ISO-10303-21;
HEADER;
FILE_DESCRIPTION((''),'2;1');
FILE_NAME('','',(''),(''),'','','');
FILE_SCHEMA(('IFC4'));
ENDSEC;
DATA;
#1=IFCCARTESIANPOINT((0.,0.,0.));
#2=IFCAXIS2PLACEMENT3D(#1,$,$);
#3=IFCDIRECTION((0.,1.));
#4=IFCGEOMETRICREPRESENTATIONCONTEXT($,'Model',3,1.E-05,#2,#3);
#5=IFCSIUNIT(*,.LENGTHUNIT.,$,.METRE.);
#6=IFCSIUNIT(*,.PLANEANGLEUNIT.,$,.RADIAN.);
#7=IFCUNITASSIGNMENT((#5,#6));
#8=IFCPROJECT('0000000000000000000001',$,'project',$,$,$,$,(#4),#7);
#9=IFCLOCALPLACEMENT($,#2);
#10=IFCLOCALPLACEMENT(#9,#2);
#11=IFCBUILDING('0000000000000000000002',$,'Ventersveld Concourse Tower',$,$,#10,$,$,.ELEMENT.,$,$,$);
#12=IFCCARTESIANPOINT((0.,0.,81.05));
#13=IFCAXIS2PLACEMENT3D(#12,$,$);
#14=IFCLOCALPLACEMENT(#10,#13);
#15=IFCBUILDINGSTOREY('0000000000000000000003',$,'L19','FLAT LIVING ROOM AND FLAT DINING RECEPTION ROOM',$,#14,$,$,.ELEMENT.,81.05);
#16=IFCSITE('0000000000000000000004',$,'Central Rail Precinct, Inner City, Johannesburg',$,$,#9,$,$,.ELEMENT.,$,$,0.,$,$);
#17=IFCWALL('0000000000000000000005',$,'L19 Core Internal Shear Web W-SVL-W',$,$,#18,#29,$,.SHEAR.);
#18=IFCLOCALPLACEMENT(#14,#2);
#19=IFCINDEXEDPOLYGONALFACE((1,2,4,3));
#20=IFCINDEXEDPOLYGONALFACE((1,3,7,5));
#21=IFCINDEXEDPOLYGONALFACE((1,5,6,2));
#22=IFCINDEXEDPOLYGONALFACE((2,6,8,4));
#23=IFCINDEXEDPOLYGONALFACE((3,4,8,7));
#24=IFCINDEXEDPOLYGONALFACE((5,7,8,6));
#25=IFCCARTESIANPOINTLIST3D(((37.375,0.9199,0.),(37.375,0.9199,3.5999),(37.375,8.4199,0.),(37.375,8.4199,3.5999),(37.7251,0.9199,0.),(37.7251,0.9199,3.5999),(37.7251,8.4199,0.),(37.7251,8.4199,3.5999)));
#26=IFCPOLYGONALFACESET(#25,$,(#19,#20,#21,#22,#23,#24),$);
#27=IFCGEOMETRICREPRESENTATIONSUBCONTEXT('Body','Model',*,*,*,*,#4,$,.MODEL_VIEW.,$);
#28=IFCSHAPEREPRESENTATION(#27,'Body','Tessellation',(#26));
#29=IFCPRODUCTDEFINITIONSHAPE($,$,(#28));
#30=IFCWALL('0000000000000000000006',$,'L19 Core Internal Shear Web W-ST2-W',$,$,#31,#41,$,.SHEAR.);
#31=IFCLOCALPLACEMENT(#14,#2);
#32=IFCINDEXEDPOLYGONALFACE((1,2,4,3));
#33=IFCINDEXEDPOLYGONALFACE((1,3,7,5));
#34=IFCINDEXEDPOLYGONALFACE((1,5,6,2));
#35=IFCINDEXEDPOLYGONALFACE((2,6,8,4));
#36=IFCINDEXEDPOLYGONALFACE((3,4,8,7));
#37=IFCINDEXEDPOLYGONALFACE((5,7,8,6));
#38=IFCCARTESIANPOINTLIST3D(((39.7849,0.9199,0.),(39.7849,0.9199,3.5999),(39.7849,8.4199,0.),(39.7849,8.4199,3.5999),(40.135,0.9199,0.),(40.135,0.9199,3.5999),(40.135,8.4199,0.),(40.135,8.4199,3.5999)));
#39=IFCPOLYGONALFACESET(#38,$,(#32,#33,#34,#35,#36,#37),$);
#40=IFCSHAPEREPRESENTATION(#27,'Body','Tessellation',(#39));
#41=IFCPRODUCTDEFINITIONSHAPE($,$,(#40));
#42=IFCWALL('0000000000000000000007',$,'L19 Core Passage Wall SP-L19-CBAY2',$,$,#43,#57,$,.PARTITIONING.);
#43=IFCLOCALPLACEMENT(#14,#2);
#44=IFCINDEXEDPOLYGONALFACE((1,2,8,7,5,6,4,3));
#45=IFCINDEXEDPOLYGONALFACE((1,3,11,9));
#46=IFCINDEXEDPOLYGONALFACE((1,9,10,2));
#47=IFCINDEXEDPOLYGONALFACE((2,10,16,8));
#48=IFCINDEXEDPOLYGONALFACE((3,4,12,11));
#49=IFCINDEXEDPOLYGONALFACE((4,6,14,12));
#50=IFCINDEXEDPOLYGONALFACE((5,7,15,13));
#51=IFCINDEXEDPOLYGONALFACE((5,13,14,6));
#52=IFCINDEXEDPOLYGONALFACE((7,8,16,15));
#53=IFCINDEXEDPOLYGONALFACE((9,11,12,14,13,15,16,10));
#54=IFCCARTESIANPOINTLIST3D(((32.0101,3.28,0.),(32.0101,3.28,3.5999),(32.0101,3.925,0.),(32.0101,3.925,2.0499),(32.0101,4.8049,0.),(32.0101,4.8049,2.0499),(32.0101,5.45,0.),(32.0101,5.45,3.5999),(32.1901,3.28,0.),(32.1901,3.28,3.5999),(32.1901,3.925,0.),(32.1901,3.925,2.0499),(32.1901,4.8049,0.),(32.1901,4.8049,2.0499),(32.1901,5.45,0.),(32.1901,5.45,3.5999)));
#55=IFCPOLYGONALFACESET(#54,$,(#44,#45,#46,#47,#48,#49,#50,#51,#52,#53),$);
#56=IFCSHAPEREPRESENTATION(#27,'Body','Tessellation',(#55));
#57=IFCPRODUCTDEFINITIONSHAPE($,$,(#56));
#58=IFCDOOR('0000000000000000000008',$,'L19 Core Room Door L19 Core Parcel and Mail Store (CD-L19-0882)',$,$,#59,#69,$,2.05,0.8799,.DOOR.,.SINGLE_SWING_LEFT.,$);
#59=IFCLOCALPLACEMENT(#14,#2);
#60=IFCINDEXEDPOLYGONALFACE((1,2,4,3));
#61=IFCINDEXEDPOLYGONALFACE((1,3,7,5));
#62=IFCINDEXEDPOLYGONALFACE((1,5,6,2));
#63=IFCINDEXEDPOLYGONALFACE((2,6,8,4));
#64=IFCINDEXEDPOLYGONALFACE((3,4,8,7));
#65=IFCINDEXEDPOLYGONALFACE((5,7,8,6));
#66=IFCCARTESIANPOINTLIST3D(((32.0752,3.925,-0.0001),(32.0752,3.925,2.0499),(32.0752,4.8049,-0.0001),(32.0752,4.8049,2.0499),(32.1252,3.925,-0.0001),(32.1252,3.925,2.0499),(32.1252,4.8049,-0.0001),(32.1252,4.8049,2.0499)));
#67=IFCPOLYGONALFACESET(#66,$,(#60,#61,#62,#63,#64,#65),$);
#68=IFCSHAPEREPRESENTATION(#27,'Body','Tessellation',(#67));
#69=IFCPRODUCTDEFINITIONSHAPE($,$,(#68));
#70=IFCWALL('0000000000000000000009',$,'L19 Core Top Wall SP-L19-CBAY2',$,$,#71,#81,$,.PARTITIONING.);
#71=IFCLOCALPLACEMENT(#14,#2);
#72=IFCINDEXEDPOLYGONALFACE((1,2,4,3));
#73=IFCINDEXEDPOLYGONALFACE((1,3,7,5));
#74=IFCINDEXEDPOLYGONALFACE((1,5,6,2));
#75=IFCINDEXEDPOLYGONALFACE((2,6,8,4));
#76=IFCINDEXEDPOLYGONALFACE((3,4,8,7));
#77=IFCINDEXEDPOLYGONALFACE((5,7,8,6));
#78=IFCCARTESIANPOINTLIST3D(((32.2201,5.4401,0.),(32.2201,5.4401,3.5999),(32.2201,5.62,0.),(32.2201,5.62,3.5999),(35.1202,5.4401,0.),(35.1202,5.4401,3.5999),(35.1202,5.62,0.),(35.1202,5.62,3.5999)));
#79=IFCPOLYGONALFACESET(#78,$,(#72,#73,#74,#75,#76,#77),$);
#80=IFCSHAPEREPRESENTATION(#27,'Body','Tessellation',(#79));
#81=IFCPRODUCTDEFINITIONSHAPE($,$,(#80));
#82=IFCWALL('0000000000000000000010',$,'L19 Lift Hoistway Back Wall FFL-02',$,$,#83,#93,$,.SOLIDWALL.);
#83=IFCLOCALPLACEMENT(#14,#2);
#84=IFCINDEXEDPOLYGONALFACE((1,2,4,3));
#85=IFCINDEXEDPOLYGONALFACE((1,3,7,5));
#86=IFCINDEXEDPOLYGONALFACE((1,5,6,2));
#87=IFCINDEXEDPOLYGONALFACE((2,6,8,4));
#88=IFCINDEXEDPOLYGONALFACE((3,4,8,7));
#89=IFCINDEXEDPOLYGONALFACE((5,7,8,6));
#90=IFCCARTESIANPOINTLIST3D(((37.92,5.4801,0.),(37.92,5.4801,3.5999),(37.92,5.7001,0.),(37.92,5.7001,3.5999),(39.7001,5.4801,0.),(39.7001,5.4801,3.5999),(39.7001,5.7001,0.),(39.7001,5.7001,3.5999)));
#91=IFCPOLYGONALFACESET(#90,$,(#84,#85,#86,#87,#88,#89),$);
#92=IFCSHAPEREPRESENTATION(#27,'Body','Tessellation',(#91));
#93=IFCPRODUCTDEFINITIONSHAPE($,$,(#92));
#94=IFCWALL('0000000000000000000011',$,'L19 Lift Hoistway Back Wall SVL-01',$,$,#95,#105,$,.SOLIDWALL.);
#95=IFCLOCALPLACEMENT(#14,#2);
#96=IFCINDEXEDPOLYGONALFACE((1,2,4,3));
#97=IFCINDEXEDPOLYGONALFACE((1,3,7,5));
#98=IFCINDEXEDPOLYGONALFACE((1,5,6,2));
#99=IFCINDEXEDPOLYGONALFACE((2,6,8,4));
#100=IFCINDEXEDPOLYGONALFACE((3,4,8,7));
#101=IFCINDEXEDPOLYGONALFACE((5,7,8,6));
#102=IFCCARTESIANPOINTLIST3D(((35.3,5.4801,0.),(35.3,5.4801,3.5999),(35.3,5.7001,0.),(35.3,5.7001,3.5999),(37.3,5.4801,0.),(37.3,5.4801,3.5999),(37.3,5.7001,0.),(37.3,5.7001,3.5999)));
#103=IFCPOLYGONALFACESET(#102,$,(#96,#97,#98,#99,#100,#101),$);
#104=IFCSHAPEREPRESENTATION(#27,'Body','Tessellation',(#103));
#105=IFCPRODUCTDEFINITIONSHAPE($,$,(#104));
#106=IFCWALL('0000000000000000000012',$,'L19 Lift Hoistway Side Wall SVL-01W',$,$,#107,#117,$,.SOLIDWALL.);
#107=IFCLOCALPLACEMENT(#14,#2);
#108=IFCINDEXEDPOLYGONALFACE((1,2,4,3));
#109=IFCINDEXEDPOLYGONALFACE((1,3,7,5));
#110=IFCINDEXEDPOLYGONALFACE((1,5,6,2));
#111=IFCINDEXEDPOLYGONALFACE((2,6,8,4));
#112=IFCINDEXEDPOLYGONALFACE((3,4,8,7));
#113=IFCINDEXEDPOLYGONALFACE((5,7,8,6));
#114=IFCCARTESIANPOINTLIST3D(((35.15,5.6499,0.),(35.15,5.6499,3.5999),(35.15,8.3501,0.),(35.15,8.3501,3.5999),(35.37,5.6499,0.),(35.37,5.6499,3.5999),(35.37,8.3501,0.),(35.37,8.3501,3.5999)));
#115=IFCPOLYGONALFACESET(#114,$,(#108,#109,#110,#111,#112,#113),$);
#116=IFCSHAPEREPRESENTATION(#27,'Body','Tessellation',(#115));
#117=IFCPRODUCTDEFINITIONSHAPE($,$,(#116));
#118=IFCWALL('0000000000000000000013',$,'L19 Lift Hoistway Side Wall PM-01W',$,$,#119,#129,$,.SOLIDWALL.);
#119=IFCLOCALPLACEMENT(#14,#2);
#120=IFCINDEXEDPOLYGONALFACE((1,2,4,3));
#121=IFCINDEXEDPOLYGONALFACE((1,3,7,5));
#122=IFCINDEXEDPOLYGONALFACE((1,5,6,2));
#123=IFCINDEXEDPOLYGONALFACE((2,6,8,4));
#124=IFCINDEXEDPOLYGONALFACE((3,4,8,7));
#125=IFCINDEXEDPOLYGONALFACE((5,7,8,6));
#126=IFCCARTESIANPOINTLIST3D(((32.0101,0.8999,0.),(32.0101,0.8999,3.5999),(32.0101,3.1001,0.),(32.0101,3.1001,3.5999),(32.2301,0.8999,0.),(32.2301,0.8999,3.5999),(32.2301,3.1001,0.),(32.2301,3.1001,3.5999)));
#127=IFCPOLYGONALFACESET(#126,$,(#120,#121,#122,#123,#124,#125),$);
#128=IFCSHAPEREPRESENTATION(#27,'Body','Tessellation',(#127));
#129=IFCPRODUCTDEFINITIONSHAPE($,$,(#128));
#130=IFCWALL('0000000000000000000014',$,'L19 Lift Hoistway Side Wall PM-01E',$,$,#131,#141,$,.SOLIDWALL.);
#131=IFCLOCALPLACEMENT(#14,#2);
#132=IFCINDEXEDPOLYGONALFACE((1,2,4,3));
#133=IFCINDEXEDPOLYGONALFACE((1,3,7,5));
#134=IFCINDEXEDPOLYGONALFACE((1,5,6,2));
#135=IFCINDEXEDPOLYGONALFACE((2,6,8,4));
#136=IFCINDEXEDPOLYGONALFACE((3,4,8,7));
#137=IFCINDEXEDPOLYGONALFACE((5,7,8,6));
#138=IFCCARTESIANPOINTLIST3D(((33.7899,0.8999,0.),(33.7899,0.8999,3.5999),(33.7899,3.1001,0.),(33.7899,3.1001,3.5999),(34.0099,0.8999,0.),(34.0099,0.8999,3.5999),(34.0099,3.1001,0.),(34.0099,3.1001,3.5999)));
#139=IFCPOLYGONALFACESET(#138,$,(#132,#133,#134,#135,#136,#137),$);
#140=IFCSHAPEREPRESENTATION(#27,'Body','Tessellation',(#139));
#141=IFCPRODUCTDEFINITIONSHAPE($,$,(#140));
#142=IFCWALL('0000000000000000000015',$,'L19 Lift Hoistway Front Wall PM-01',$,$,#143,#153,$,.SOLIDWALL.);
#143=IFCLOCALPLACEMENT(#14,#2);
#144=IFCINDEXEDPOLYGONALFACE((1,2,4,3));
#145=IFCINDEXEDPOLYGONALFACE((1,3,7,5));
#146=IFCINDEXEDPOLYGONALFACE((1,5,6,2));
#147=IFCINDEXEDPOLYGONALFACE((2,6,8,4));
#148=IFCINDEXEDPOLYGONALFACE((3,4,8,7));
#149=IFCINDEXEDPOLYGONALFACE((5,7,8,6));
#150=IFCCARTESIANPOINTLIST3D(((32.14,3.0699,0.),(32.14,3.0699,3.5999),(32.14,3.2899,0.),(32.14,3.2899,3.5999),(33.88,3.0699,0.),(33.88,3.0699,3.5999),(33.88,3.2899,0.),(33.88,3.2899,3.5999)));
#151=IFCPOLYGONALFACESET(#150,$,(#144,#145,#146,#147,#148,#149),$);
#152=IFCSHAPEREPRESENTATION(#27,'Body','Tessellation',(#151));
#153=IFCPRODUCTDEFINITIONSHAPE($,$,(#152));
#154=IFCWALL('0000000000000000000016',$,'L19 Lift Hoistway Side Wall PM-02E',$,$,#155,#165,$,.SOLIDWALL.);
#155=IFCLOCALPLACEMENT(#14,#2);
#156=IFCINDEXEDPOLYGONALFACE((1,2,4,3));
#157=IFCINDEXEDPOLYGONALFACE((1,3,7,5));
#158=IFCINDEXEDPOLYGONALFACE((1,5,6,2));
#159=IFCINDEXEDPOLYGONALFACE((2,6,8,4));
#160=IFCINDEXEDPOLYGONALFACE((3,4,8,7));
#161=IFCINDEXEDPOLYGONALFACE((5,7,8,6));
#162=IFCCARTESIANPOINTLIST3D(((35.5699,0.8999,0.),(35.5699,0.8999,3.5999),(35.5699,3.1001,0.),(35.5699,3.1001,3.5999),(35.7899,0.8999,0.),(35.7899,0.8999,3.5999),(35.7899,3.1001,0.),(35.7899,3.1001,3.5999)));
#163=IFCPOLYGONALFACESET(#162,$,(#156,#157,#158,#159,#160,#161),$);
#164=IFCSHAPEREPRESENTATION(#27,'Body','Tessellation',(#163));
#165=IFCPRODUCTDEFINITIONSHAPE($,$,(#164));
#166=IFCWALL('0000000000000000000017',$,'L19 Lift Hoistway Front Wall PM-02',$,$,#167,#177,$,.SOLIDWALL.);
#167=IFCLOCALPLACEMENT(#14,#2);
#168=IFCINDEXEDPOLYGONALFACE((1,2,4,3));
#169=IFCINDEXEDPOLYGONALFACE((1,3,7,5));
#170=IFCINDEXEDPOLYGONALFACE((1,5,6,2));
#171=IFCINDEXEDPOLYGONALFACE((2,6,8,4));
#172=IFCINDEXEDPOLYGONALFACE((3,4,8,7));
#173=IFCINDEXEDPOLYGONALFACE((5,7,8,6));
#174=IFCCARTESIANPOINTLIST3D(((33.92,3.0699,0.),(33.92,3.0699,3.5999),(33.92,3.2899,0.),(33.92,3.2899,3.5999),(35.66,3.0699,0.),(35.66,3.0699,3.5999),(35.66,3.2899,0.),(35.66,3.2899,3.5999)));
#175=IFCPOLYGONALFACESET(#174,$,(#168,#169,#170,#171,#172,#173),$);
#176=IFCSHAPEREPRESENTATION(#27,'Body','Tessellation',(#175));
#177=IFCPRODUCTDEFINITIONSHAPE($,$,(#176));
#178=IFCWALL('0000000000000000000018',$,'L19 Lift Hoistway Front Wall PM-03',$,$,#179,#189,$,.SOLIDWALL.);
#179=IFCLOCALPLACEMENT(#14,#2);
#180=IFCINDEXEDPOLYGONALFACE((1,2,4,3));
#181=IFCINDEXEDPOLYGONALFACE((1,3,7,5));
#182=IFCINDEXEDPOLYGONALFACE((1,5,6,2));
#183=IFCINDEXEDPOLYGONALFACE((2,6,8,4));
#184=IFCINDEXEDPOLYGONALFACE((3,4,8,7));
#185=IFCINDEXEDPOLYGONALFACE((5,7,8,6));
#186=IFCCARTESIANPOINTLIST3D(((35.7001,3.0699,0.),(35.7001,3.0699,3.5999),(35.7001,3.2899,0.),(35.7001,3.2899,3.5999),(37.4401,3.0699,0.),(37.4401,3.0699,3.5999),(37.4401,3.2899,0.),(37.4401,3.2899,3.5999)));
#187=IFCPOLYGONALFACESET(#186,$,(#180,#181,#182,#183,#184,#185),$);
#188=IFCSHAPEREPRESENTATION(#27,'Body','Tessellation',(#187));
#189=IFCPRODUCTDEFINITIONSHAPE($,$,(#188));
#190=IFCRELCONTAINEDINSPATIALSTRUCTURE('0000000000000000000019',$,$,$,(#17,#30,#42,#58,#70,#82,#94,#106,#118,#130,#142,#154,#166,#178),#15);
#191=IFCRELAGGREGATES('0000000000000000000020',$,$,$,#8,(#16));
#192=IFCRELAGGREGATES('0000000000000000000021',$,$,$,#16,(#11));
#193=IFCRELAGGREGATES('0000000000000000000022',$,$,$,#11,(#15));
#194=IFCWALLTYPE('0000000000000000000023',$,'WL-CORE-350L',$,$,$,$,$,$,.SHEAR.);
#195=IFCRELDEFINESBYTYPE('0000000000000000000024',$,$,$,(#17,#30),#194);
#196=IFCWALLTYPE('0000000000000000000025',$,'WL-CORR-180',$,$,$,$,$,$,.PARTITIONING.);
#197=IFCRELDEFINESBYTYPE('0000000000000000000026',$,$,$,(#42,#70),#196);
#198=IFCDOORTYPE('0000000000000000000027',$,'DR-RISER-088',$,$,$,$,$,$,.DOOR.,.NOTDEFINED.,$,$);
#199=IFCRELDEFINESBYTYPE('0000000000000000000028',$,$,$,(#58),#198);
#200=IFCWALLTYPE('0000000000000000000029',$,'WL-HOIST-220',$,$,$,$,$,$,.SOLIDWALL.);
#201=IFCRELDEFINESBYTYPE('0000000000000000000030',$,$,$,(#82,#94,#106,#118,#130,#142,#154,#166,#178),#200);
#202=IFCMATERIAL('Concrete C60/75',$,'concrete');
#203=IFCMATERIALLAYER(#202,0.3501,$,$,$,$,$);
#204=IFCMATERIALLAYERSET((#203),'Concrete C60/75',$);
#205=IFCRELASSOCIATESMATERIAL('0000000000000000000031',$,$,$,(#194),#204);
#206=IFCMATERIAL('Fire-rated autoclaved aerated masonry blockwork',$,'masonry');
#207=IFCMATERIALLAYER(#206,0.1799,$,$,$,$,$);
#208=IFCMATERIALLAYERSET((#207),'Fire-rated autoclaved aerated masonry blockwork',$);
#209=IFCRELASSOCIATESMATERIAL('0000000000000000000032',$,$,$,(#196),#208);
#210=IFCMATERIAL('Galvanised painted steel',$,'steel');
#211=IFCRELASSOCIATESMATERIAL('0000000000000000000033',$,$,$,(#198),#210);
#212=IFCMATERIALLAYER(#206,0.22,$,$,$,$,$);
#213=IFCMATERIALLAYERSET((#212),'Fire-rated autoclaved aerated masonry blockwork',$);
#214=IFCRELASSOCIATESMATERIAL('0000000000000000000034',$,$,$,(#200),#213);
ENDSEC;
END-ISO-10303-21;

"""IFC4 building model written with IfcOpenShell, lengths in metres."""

from ifc_helpers import new_model, si_unit, direction, frame, frame_2d, origin, place, context, subcontext, project, spatial, rectangle, extrude, material, layer, layer_set, type_object, element, fill, save


model = new_model("IFC4")

# Units and contexts
model_context = context("Model", 3, precision=1e-05, world=origin(), true_north=direction((0.0, 1.0)))
body_context = subcontext(model_context, "Body", "Model", "MODEL_VIEW")
ifc_project = project(units=[si_unit("LENGTHUNIT", "METRE"), si_unit("PLANEANGLEUNIT", "RADIAN")], contexts=[model_context])

# Site, building, storey
site_placement = place(None, origin())
site = spatial("IfcSite", under=ifc_project, at=site_placement, Name="Central Rail Precinct, Inner City, Johannesburg", CompositionType="ELEMENT", RefElevation=0.0)
building_placement = place(site_placement, origin())
building = spatial("IfcBuilding", under=site, at=building_placement, Name="Ventersveld Concourse Tower", CompositionType="ELEMENT")
storey_placement = place(building_placement, frame((0.0, 0.0, 81.05)))
storey = spatial("IfcBuildingStorey", under=building, at=storey_placement, Name="L19", Description="FLAT LIVING ROOM AND FLAT DINING RECEPTION ROOM", CompositionType="ELEMENT", Elevation=81.05)

# Walls
ifc_material_1 = material(Name="Concrete C60/75", Category="concrete")
ifc_layer_1 = layer(ifc_material_1, 0.3501)
ifc_layer_set_1 = layer_set([ifc_layer_1], Name="Concrete C60/75")
wall_type_1 = type_object("IfcWallType", Name="WL-CORE-350L", PredefinedType="SHEAR", material=ifc_layer_set_1)
for number, where, z_axis, x_axis, name in (
    (1, (37.55, 0.9199, 0.0), (0.0, 0.0, 1.0), (0.0, 1.0, 0.0), "L19 Core Internal Shear Web W-SVL-W"),
    (2, (39.96, 0.9199, 0.0), (0.0, 0.0, 1.0), (0.0, 1.0, 0.0), "L19 Core Internal Shear Web W-ST2-W"),
):
    element("IfcWall", number, at=place(storey_placement, frame(where, z_axis=z_axis, x_axis=x_axis)), inside=storey, type_object=wall_type_1, Name=name, PredefinedType="SHEAR", context=body_context, shape_type="SweptSolid", body=[
        extrude(rectangle(XDim=7.5, YDim=0.3501, at=frame_2d((3.75, 0.0))), origin(), (0.0, 0.0, 1.0), 3.5999),
    ])

# Wall, opening, door
ifc_material_2 = material(Name="Fire-rated autoclaved aerated masonry blockwork", Category="masonry")
ifc_layer_2 = layer(ifc_material_2, 0.1799)
ifc_layer_set_2 = layer_set([ifc_layer_2], Name="Fire-rated autoclaved aerated masonry blockwork")
wall_type_2 = type_object("IfcWallType", Name="WL-CORR-180", PredefinedType="PARTITIONING", material=ifc_layer_set_2)
wall_1_placement = place(storey_placement, frame((32.1001, 3.28, 0.0), z_axis=(0.0, 0.0, 1.0), x_axis=(0.0, 1.0, 0.0)))
wall_1 = element("IfcWall", 3, at=wall_1_placement, inside=storey, type_object=wall_type_2, Name="L19 Core Passage Wall SP-L19-CBAY2", PredefinedType="PARTITIONING", context=body_context, shape_type="SweptSolid", body=[
    extrude(rectangle(XDim=2.1699, YDim=0.1799, at=frame_2d((1.085, 0.0))), origin(), (0.0, 0.0, 1.0), 3.5999),
])
opening_placement = place(wall_1_placement, frame((0.645, 0.0, 0.0)))
opening = element("IfcOpeningElement", 4, at=opening_placement, cuts=wall_1, PredefinedType="OPENING", context=body_context, shape_type="SweptSolid", body=[
    extrude(rectangle(XDim=0.8799, YDim=2.05, at=frame_2d((0.4399, 1.0249))), frame((0.0, 0.1001, 0.0), z_axis=(0.0, -1.0, 0.0), x_axis=(1.0, 0.0, 0.0)), (0.0, 0.0, 1.0), 0.2),
])
ifc_material_3 = material(Name="Galvanised painted steel", Category="steel")
door_type = type_object("IfcDoorType", Name="DR-RISER-088", OperationType="NOTDEFINED", PredefinedType="DOOR", material=ifc_material_3)
door_placement = place(opening_placement, origin())
door = element("IfcDoor", 5, at=door_placement, inside=storey, type_object=door_type, Name="L19 Core Room Door L19 Core Parcel and Mail Store (CD-L19-0882)", OperationType="SINGLE_SWING_LEFT", OverallHeight=2.05, OverallWidth=0.8799, PredefinedType="DOOR", context=body_context, shape_type="SweptSolid", body=[
    extrude(rectangle(XDim=0.8799, YDim=2.05, at=frame_2d((0.4399, 1.0249))), frame((0.0, 0.0249, 0.0), z_axis=(0.0, -1.0, 0.0), x_axis=(1.0, 0.0, 0.0)), (0.0, 0.0, 1.0), 0.05),
])
fill(opening, door)

# Walls
wall_2_placement = place(storey_placement, frame((32.22, 5.53, 0.0), z_axis=(0.0, 0.0, 1.0), x_axis=(1.0, 0.0, 0.0)))
element("IfcWall", 6, at=wall_2_placement, inside=storey, type_object=wall_type_2, Name="L19 Core Top Wall SP-L19-CBAY2", PredefinedType="PARTITIONING", context=body_context, shape_type="SweptSolid", body=[
    extrude(rectangle(XDim=2.9001, YDim=0.1799, at=frame_2d((1.4502, 0.0))), origin(), (0.0, 0.0, 1.0), 3.5999),
])
ifc_layer_3 = layer(ifc_material_2, 0.22)
ifc_layer_set_3 = layer_set([ifc_layer_3], Name="Fire-rated autoclaved aerated masonry blockwork")
wall_type_3 = type_object("IfcWallType", Name="WL-HOIST-220", PredefinedType="SOLIDWALL", material=ifc_layer_set_3)
wall_3_placement = place(storey_placement, frame((37.9199, 5.5901, 0.0), z_axis=(0.0, 0.0, 1.0), x_axis=(1.0, 0.0, 0.0)))
element("IfcWall", 7, at=wall_3_placement, inside=storey, type_object=wall_type_3, Name="L19 Lift Hoistway Back Wall FFL-02", PredefinedType="SOLIDWALL", context=body_context, shape_type="SweptSolid", body=[
    extrude(rectangle(XDim=1.78, YDim=0.22, at=frame_2d((0.8901, 0.0))), origin(), (0.0, 0.0, 1.0), 3.5999),
])
wall_4_placement = place(storey_placement, frame((35.3, 5.5901, 0.0), z_axis=(0.0, 0.0, 1.0), x_axis=(1.0, 0.0, 0.0)))
element("IfcWall", 8, at=wall_4_placement, inside=storey, type_object=wall_type_3, Name="L19 Lift Hoistway Back Wall SVL-01", PredefinedType="SOLIDWALL", context=body_context, shape_type="SweptSolid", body=[
    extrude(rectangle(XDim=2.0, YDim=0.22, at=frame_2d((1.0, 0.0))), origin(), (0.0, 0.0, 1.0), 3.5999),
])
wall_5_placement = place(storey_placement, frame((35.26, 5.6499, 0.0), z_axis=(0.0, 0.0, 1.0), x_axis=(0.0, 1.0, 0.0)))
element("IfcWall", 9, at=wall_5_placement, inside=storey, type_object=wall_type_3, Name="L19 Lift Hoistway Side Wall SVL-01W", PredefinedType="SOLIDWALL", context=body_context, shape_type="SweptSolid", body=[
    extrude(rectangle(XDim=2.7002, YDim=0.22, at=frame_2d((1.3501, 0.0))), origin(), (0.0, 0.0, 1.0), 3.5999),
])
for number, where, z_axis, x_axis, name in (
    (10, (32.1201, 0.8999, 0.0), (0.0, 0.0, 1.0), (0.0, 1.0, 0.0), "L19 Lift Hoistway Side Wall PM-01W"),
    (11, (33.8999, 0.8999, 0.0), (0.0, 0.0, 1.0), (0.0, 1.0, 0.0), "L19 Lift Hoistway Side Wall PM-01E"),
):
    element("IfcWall", number, at=place(storey_placement, frame(where, z_axis=z_axis, x_axis=x_axis)), inside=storey, type_object=wall_type_3, Name=name, PredefinedType="SOLIDWALL", context=body_context, shape_type="SweptSolid", body=[
        extrude(rectangle(XDim=2.2002, YDim=0.22, at=frame_2d((1.1001, 0.0))), origin(), (0.0, 0.0, 1.0), 3.5999),
    ])
wall_6_placement = place(storey_placement, frame((32.1399, 3.1799, 0.0), z_axis=(0.0, 0.0, 1.0), x_axis=(1.0, 0.0, 0.0)))
element("IfcWall", 12, at=wall_6_placement, inside=storey, type_object=wall_type_3, Name="L19 Lift Hoistway Front Wall PM-01", PredefinedType="SOLIDWALL", context=body_context, shape_type="SweptSolid", body=[
    extrude(rectangle(XDim=1.74, YDim=0.22, at=frame_2d((0.8701, 0.0))), origin(), (0.0, 0.0, 1.0), 3.5999),
])
wall_7_placement = place(storey_placement, frame((35.6799, 0.8999, 0.0), z_axis=(0.0, 0.0, 1.0), x_axis=(0.0, 1.0, 0.0)))
element("IfcWall", 13, at=wall_7_placement, inside=storey, type_object=wall_type_3, Name="L19 Lift Hoistway Side Wall PM-02E", PredefinedType="SOLIDWALL", context=body_context, shape_type="SweptSolid", body=[
    extrude(rectangle(XDim=2.2002, YDim=0.22, at=frame_2d((1.1001, 0.0))), origin(), (0.0, 0.0, 1.0), 3.5999),
])
for number, where, z_axis, x_axis, name in (
    (14, (33.9199, 3.1799, 0.0), (0.0, 0.0, 1.0), (1.0, 0.0, 0.0), "L19 Lift Hoistway Front Wall PM-02"),
    (15, (35.7, 3.1799, 0.0), (0.0, 0.0, 1.0), (1.0, 0.0, 0.0), "L19 Lift Hoistway Front Wall PM-03"),
):
    element("IfcWall", number, at=place(storey_placement, frame(where, z_axis=z_axis, x_axis=x_axis)), inside=storey, type_object=wall_type_3, Name=name, PredefinedType="SOLIDWALL", context=body_context, shape_type="SweptSolid", body=[
        extrude(rectangle(XDim=1.74, YDim=0.22, at=frame_2d((0.8701, 0.0))), origin(), (0.0, 0.0, 1.0), 3.5999),
    ])

save(model, "model.ifc")
